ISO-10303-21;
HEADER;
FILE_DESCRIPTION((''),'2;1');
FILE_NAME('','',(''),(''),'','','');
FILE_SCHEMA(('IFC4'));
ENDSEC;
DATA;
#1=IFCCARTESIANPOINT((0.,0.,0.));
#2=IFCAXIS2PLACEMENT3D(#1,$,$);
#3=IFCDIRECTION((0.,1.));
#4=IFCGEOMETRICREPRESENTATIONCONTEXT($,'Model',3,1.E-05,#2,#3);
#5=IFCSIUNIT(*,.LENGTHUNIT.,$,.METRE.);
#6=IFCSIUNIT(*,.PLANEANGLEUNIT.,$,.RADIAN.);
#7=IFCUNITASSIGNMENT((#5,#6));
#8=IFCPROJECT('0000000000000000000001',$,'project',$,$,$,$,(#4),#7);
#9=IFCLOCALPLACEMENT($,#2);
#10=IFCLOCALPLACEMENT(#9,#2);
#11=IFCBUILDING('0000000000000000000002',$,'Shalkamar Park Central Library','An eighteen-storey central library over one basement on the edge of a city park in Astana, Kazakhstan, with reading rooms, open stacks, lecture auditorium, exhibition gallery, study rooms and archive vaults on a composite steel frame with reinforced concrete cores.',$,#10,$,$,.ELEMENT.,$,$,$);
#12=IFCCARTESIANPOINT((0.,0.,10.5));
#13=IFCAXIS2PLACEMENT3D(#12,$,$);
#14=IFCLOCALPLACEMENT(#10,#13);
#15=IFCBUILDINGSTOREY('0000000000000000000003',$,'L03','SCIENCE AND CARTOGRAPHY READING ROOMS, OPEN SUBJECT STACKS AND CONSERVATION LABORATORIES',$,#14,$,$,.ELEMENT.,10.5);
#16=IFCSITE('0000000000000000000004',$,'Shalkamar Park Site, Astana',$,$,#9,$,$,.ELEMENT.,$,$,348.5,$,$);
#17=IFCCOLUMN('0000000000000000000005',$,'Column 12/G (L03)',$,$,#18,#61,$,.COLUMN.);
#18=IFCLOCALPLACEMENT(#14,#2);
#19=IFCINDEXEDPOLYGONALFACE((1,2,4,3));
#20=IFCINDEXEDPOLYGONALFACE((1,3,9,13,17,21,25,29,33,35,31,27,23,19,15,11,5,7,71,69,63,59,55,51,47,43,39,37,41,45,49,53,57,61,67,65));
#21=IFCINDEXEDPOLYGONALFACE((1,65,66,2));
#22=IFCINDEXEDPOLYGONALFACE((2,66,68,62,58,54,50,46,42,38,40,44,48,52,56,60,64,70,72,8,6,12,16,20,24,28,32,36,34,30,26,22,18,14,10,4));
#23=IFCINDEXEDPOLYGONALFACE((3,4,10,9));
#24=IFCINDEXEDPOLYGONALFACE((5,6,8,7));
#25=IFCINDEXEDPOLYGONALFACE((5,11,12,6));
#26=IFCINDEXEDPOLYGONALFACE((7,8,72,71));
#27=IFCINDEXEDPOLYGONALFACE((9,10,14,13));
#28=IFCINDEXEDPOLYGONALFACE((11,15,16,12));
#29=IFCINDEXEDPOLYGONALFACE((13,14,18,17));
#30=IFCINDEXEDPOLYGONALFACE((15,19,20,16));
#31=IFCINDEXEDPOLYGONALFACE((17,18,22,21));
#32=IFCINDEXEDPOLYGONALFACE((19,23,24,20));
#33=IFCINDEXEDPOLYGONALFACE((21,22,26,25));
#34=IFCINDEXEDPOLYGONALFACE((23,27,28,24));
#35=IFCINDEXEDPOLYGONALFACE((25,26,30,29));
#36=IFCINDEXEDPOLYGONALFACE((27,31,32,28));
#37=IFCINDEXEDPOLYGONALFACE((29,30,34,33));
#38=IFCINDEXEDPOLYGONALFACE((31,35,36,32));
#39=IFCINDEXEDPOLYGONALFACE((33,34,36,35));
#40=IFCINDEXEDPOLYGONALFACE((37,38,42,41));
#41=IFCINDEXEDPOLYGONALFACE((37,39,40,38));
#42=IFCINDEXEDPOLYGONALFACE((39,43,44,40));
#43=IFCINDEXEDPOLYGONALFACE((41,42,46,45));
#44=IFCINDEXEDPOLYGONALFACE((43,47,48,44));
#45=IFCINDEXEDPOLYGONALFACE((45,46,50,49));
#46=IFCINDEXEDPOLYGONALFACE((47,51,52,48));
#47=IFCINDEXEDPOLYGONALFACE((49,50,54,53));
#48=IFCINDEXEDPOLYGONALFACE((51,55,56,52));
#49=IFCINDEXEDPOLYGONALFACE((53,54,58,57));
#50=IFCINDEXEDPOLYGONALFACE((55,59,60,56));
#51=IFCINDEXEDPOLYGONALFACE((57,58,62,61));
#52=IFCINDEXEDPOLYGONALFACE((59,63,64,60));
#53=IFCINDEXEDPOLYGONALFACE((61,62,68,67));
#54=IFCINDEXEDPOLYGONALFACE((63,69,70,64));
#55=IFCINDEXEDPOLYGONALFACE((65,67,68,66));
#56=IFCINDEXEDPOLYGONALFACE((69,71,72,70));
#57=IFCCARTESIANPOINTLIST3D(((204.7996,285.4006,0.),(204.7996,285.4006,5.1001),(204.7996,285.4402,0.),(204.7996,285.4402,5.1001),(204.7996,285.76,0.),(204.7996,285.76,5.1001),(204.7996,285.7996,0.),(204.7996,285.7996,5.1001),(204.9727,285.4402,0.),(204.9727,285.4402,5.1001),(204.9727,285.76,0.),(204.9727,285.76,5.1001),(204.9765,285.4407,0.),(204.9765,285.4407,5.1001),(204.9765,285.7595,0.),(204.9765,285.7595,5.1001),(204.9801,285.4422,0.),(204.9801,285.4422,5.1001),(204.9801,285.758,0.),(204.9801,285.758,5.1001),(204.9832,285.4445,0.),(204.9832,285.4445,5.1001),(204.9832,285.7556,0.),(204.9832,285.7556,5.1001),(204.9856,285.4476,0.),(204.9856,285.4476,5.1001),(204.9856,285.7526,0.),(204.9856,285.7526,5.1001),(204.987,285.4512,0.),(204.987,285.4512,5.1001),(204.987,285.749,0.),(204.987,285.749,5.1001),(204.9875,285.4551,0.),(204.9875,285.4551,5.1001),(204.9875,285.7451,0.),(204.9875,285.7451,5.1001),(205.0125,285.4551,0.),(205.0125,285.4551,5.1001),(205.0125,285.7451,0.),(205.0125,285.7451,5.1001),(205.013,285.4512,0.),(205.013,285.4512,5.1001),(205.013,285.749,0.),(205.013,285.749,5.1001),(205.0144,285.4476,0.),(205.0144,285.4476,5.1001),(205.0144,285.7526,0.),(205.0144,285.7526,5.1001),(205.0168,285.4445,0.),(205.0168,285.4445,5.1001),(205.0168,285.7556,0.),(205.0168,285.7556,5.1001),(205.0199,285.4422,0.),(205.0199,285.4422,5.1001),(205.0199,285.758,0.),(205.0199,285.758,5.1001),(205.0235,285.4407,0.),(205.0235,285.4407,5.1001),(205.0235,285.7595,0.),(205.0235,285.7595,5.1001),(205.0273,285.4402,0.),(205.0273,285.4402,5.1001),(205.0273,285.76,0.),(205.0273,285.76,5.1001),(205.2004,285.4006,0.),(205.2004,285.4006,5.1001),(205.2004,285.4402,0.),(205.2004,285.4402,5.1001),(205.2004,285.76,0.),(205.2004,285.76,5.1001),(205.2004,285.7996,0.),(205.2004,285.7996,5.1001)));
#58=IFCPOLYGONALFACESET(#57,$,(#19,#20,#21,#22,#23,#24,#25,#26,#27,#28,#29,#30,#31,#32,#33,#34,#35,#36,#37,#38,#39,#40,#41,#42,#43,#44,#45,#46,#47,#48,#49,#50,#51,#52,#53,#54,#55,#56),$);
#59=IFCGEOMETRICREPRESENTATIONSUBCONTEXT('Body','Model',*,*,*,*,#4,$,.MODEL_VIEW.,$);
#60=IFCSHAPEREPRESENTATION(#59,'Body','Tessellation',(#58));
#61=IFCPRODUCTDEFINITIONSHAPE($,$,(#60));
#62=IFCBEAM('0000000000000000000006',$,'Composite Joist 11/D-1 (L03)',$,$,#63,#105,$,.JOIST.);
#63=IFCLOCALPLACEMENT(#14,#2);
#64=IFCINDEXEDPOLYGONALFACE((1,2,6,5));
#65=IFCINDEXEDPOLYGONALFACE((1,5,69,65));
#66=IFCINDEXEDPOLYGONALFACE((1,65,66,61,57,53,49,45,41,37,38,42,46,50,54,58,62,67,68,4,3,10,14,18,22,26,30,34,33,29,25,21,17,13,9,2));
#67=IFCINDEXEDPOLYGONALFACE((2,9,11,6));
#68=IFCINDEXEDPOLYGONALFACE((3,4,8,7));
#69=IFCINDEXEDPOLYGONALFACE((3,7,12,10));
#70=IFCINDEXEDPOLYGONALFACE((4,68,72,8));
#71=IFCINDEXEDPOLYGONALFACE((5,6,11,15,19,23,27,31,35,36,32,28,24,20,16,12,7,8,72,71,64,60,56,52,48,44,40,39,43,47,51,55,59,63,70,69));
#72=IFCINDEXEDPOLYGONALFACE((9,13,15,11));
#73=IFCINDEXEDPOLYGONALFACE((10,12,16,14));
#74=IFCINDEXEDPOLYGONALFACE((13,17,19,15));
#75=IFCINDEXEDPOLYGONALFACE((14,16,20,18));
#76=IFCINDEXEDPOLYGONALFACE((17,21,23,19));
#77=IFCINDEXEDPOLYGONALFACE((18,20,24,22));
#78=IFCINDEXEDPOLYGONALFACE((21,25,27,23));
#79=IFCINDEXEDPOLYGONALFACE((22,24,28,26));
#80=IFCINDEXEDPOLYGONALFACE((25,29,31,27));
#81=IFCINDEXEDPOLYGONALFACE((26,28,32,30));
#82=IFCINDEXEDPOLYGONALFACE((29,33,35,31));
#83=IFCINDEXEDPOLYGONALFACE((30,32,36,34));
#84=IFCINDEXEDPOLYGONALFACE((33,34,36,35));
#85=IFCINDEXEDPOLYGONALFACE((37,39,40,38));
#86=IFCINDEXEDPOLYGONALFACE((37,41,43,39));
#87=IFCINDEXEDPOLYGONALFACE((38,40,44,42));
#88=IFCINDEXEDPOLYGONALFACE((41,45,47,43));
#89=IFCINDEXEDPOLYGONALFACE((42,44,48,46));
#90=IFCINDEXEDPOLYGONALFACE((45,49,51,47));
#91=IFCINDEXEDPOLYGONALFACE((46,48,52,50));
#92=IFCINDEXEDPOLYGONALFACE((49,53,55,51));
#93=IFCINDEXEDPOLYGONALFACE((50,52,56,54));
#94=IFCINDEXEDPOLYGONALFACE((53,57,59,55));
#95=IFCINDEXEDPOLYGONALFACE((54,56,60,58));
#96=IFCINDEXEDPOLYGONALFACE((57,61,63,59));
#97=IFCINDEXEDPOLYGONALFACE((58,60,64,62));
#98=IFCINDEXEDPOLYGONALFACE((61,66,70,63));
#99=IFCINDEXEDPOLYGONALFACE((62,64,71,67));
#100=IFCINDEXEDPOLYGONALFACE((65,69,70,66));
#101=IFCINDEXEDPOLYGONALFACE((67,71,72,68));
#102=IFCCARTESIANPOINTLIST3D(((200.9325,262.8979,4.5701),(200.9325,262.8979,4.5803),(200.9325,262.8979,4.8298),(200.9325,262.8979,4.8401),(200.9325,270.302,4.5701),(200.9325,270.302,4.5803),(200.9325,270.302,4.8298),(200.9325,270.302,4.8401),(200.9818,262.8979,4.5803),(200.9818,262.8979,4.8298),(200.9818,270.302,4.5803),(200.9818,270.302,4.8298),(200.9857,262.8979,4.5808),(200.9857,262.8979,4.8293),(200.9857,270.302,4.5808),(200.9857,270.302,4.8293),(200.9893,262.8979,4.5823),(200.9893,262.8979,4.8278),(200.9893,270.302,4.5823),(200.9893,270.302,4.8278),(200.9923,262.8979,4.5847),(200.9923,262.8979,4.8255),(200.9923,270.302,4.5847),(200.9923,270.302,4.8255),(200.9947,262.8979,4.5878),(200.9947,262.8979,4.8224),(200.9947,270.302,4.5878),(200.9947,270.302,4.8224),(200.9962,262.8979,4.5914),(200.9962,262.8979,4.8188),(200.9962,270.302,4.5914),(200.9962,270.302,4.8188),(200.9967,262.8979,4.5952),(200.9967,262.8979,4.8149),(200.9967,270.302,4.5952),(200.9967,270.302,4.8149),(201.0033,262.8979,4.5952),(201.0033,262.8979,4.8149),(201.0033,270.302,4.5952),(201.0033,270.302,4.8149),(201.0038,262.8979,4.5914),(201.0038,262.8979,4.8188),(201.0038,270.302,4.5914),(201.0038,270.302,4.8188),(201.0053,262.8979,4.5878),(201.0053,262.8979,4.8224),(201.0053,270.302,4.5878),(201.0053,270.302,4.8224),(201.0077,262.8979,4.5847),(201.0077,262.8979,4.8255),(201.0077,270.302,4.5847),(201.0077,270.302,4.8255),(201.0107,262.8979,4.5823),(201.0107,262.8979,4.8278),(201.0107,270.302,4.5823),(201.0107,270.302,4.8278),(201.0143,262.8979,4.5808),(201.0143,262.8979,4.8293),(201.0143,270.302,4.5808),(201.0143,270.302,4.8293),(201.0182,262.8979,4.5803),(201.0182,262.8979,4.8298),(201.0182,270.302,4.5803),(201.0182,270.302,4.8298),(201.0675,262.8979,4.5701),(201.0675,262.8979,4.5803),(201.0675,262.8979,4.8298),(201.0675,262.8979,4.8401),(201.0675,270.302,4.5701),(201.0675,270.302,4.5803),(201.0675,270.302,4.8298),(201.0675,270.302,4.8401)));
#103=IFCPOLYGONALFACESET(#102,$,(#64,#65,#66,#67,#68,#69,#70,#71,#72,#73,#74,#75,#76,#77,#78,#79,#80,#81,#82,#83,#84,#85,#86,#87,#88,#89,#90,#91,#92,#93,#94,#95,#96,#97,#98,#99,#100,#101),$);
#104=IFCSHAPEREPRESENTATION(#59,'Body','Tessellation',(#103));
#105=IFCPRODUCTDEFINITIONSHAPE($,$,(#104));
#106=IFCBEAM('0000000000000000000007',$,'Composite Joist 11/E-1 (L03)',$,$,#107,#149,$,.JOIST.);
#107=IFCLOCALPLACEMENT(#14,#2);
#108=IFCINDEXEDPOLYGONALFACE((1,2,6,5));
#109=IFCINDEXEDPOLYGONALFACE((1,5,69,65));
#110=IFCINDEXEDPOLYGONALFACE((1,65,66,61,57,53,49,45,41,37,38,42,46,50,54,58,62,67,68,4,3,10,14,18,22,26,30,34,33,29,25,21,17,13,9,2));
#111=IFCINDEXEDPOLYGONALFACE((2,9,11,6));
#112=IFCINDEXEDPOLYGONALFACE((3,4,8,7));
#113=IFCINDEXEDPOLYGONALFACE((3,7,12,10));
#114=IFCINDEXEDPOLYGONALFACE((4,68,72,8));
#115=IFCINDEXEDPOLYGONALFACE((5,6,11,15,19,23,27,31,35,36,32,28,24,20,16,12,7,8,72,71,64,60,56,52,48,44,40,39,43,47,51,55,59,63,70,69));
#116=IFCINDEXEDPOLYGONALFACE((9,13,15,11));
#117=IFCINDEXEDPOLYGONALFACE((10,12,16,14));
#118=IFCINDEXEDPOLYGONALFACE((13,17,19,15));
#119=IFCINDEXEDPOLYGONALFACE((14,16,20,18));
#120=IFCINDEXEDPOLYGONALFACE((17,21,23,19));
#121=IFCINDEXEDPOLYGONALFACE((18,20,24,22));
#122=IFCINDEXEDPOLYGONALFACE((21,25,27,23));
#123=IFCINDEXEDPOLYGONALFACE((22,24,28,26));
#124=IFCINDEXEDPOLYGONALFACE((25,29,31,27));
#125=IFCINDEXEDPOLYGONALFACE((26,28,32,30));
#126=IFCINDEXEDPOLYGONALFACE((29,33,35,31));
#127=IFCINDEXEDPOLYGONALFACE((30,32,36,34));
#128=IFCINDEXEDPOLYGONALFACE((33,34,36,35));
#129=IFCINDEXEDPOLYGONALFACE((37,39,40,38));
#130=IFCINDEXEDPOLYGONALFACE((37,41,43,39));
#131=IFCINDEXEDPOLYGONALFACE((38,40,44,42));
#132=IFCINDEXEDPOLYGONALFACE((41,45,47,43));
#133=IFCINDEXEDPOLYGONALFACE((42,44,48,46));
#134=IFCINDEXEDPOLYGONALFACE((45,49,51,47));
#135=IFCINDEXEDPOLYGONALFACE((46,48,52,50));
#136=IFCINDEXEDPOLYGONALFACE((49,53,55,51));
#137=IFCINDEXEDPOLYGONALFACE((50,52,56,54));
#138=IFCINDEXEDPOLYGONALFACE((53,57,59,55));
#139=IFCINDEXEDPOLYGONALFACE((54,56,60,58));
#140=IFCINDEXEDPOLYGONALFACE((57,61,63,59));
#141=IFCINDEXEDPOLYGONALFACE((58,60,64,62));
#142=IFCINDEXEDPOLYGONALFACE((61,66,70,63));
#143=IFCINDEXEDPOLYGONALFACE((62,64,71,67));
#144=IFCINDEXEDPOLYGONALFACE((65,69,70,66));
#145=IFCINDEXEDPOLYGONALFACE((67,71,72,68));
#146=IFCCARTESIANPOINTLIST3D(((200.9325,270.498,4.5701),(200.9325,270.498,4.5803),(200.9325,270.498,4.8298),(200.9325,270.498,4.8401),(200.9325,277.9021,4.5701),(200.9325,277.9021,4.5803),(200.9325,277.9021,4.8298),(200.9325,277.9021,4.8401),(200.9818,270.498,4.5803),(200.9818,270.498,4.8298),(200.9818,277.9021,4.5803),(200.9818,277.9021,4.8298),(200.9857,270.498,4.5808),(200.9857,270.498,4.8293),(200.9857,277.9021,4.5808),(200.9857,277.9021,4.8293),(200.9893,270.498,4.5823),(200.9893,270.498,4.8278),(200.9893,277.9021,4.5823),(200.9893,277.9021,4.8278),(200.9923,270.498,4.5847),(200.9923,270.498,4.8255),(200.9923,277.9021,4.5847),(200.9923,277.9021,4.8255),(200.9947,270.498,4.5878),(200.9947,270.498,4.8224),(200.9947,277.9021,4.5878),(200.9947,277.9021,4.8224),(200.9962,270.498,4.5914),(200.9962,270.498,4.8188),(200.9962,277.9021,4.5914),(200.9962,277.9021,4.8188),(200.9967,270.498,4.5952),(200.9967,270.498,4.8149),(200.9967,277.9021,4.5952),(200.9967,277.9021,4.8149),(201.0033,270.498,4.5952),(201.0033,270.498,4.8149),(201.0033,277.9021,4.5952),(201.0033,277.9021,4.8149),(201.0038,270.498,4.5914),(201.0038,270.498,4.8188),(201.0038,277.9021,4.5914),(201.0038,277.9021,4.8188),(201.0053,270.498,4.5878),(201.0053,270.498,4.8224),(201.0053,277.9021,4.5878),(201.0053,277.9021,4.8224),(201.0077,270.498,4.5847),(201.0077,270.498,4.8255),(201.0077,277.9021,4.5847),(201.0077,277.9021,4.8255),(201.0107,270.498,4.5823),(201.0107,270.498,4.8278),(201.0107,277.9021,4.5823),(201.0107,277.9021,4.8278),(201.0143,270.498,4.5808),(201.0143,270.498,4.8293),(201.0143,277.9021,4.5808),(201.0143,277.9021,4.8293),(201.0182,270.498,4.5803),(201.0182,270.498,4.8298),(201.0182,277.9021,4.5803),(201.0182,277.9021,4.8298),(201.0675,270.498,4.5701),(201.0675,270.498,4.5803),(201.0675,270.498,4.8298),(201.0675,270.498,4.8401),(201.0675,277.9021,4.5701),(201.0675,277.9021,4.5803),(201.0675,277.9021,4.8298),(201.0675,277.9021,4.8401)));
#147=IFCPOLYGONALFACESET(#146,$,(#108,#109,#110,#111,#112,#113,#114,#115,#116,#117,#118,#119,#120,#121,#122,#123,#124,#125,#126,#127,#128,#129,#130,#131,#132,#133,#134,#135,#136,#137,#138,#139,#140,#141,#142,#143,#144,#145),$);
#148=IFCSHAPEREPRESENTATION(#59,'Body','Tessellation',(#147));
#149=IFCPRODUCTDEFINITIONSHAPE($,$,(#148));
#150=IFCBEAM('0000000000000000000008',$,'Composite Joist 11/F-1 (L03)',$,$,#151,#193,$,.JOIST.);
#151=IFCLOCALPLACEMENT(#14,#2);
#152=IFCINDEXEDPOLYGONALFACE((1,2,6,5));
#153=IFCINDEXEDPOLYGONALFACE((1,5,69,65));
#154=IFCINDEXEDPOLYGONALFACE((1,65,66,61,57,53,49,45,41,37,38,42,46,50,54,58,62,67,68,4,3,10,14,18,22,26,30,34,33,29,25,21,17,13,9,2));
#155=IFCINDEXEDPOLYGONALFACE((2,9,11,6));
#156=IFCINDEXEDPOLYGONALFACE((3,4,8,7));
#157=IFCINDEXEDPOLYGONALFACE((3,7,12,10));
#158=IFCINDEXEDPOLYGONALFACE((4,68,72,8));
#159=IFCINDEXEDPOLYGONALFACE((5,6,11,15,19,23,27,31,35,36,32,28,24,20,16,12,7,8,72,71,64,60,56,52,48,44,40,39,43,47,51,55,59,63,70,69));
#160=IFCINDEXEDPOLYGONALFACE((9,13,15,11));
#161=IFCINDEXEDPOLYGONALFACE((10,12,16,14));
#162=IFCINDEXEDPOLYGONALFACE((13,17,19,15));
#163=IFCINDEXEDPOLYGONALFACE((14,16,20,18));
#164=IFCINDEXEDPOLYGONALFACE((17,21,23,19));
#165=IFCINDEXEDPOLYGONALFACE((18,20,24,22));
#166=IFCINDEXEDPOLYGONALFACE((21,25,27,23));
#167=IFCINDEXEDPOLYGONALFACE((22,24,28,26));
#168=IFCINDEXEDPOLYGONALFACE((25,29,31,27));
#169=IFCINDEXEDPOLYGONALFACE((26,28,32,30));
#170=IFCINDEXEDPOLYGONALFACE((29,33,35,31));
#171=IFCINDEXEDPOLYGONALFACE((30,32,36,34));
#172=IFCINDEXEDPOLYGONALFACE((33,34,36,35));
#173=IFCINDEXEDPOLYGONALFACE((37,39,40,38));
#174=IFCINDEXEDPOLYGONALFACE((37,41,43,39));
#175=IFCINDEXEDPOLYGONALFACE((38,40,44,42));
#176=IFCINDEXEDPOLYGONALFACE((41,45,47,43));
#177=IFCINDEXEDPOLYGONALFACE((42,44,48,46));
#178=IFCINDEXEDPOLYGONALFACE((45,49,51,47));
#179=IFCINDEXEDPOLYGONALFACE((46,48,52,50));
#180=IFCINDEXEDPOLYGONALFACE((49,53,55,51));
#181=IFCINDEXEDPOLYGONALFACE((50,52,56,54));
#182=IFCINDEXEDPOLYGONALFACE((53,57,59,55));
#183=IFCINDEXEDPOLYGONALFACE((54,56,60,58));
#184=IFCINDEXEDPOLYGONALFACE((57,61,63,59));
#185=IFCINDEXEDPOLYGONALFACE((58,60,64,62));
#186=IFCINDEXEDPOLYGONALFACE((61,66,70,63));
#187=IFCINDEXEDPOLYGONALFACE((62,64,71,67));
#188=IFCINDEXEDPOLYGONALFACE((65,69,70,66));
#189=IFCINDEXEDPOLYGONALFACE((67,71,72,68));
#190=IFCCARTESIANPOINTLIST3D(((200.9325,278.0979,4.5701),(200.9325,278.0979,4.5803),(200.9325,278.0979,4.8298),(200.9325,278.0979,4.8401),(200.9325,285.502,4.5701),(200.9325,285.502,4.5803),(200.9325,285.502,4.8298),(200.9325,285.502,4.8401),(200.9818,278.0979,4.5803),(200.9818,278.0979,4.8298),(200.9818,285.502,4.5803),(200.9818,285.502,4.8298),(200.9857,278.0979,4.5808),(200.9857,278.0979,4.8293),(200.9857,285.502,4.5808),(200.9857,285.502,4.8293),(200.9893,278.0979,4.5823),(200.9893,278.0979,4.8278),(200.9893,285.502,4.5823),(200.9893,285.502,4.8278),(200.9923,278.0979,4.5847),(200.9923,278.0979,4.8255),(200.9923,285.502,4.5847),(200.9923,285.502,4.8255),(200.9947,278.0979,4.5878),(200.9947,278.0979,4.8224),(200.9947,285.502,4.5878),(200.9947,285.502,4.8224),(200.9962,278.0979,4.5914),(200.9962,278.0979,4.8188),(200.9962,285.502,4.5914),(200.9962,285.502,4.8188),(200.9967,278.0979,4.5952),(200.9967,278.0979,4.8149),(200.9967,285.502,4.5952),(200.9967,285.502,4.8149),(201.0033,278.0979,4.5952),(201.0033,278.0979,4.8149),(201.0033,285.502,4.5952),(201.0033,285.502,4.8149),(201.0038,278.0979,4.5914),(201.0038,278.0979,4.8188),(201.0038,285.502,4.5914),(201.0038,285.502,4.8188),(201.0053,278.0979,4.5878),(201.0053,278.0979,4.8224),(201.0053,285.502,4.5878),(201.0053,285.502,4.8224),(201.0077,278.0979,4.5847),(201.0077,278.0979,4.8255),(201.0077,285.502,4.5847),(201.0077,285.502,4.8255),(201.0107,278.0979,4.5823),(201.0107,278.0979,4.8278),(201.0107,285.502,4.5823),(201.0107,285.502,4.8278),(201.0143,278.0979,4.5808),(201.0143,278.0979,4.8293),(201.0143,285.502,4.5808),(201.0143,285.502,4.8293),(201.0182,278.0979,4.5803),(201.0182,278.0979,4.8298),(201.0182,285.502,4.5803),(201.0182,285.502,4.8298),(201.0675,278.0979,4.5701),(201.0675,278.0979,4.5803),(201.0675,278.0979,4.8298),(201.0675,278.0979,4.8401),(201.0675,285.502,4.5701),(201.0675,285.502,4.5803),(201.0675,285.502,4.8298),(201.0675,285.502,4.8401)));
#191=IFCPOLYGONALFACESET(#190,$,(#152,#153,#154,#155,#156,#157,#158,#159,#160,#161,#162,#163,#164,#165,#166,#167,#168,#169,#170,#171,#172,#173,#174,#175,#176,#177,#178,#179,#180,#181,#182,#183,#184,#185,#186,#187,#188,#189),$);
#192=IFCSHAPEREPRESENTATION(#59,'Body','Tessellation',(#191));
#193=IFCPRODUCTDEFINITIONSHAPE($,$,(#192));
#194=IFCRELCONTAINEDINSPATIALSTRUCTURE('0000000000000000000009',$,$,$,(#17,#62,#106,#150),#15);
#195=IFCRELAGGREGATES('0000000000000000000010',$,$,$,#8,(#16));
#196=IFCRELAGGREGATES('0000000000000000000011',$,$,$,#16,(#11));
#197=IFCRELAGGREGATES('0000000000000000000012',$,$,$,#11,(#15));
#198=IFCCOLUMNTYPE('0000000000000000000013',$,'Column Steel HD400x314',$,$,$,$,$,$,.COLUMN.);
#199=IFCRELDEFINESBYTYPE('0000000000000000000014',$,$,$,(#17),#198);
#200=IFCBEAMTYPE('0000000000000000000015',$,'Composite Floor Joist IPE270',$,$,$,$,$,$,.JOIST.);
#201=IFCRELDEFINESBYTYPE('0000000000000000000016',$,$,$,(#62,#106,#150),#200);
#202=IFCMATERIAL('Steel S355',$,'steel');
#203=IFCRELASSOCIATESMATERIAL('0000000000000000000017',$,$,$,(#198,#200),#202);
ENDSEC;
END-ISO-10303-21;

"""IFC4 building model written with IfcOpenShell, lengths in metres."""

from ifc_helpers import new_model, si_unit, direction, frame, origin, origin_2d, place, context, subcontext, project, spatial, i_section, extrude, material, material_profile, profile_set, type_object, element, save


model = new_model("IFC4")

# Units and contexts
model_context = context("Model", 3, precision=1e-05, world=origin(), true_north=direction((0.0, 1.0)))
body_context = subcontext(model_context, "Body", "Model", "MODEL_VIEW")
ifc_project = project(units=[si_unit("LENGTHUNIT", "METRE"), si_unit("PLANEANGLEUNIT", "RADIAN")], contexts=[model_context])

# Site, building, storey
site_placement = place(None, origin())
site = spatial("IfcSite", under=ifc_project, at=site_placement, Name="Shalkamar Park Site, Astana", CompositionType="ELEMENT", RefElevation=348.5)
building_placement = place(site_placement, origin())
building = spatial("IfcBuilding", under=site, at=building_placement, Name="Shalkamar Park Central Library", Description="An eighteen-storey central library over one basement on the edge of a city park in Astana, Kazakhstan, with reading rooms, open stacks, lecture auditorium, exhibition gallery, study rooms and archive vaults on a composite steel frame with reinforced concrete cores.", CompositionType="ELEMENT")
storey_placement = place(building_placement, frame((0.0, 0.0, 10.5)))
storey = spatial("IfcBuildingStorey", under=building, at=storey_placement, Name="L03", Description="SCIENCE AND CARTOGRAPHY READING ROOMS, OPEN SUBJECT STACKS AND CONSERVATION LABORATORIES", CompositionType="ELEMENT", Elevation=10.5)

# Column
ifc_material = material(Name="Steel S355", Category="steel")
ifc_material_profile_1 = material_profile(ifc_material, i_section(OverallWidth=0.4009, OverallDepth=0.3989, WebThickness=0.0249, FlangeThickness=0.0396, FilletRadius=0.0149, at=origin_2d()), Name="HD 400x314")
ifc_profile_set_1 = profile_set([ifc_material_profile_1], Name="Steel S355")
column_type = type_object("IfcColumnType", Name="Column Steel HD400x314", PredefinedType="COLUMN", material=ifc_profile_set_1)
for number, where, z_axis, x_axis, name in (
    (1, (205.0, 285.6001, 0.0), (0.0, 0.0, 1.0), (1.0, 0.0, 0.0), "Column 12/G (L03)"),
):
    element("IfcColumn", number, at=place(storey_placement, frame(where, z_axis=z_axis, x_axis=x_axis)), inside=storey, type_object=column_type, Name=name, PredefinedType="COLUMN", context=body_context, shape_type="SweptSolid", body=[
        extrude(i_section(OverallWidth=0.4009, OverallDepth=0.3989, WebThickness=0.0249, FlangeThickness=0.0396, FilletRadius=0.0149, at=origin_2d()), origin(), (0.0, 0.0, 1.0), 5.1001),
    ])

# Beams
ifc_material_profile_2 = material_profile(ifc_material, i_section(OverallWidth=0.135, OverallDepth=0.27, WebThickness=0.0066, FlangeThickness=0.0103, FilletRadius=0.0149, at=origin_2d()), Name="IPE 270")
ifc_profile_set_2 = profile_set([ifc_material_profile_2], Name="Steel S355")
beam_type_1 = type_object("IfcBeamType", Name="Composite Floor Joist IPE270", PredefinedType="JOIST", material=ifc_profile_set_2)
for number, where, z_axis, x_axis, name in (
    (2, (201.0, 262.8979, 4.7051), (0.0, 1.0, 0.0), (-1.0, 0.0, 0.0), "Composite Joist 11/D-1 (L03)"),
    (3, (201.0, 270.498, 4.7051), (0.0, 1.0, 0.0), (-1.0, 0.0, 0.0), "Composite Joist 11/E-1 (L03)"),
    (4, (201.0, 278.0979, 4.7051), (0.0, 1.0, 0.0), (-1.0, 0.0, 0.0), "Composite Joist 11/F-1 (L03)"),
):
    element("IfcBeam", number, at=place(storey_placement, frame(where, z_axis=z_axis, x_axis=x_axis)), inside=storey, type_object=beam_type_1, Name=name, PredefinedType="JOIST", context=body_context, shape_type="SweptSolid", body=[
        extrude(i_section(OverallWidth=0.135, OverallDepth=0.27, WebThickness=0.0066, FlangeThickness=0.0103, FilletRadius=0.0149, at=origin_2d()), origin(), (0.0, 0.0, 1.0), 7.4041),
    ])

save(model, "model.ifc")
